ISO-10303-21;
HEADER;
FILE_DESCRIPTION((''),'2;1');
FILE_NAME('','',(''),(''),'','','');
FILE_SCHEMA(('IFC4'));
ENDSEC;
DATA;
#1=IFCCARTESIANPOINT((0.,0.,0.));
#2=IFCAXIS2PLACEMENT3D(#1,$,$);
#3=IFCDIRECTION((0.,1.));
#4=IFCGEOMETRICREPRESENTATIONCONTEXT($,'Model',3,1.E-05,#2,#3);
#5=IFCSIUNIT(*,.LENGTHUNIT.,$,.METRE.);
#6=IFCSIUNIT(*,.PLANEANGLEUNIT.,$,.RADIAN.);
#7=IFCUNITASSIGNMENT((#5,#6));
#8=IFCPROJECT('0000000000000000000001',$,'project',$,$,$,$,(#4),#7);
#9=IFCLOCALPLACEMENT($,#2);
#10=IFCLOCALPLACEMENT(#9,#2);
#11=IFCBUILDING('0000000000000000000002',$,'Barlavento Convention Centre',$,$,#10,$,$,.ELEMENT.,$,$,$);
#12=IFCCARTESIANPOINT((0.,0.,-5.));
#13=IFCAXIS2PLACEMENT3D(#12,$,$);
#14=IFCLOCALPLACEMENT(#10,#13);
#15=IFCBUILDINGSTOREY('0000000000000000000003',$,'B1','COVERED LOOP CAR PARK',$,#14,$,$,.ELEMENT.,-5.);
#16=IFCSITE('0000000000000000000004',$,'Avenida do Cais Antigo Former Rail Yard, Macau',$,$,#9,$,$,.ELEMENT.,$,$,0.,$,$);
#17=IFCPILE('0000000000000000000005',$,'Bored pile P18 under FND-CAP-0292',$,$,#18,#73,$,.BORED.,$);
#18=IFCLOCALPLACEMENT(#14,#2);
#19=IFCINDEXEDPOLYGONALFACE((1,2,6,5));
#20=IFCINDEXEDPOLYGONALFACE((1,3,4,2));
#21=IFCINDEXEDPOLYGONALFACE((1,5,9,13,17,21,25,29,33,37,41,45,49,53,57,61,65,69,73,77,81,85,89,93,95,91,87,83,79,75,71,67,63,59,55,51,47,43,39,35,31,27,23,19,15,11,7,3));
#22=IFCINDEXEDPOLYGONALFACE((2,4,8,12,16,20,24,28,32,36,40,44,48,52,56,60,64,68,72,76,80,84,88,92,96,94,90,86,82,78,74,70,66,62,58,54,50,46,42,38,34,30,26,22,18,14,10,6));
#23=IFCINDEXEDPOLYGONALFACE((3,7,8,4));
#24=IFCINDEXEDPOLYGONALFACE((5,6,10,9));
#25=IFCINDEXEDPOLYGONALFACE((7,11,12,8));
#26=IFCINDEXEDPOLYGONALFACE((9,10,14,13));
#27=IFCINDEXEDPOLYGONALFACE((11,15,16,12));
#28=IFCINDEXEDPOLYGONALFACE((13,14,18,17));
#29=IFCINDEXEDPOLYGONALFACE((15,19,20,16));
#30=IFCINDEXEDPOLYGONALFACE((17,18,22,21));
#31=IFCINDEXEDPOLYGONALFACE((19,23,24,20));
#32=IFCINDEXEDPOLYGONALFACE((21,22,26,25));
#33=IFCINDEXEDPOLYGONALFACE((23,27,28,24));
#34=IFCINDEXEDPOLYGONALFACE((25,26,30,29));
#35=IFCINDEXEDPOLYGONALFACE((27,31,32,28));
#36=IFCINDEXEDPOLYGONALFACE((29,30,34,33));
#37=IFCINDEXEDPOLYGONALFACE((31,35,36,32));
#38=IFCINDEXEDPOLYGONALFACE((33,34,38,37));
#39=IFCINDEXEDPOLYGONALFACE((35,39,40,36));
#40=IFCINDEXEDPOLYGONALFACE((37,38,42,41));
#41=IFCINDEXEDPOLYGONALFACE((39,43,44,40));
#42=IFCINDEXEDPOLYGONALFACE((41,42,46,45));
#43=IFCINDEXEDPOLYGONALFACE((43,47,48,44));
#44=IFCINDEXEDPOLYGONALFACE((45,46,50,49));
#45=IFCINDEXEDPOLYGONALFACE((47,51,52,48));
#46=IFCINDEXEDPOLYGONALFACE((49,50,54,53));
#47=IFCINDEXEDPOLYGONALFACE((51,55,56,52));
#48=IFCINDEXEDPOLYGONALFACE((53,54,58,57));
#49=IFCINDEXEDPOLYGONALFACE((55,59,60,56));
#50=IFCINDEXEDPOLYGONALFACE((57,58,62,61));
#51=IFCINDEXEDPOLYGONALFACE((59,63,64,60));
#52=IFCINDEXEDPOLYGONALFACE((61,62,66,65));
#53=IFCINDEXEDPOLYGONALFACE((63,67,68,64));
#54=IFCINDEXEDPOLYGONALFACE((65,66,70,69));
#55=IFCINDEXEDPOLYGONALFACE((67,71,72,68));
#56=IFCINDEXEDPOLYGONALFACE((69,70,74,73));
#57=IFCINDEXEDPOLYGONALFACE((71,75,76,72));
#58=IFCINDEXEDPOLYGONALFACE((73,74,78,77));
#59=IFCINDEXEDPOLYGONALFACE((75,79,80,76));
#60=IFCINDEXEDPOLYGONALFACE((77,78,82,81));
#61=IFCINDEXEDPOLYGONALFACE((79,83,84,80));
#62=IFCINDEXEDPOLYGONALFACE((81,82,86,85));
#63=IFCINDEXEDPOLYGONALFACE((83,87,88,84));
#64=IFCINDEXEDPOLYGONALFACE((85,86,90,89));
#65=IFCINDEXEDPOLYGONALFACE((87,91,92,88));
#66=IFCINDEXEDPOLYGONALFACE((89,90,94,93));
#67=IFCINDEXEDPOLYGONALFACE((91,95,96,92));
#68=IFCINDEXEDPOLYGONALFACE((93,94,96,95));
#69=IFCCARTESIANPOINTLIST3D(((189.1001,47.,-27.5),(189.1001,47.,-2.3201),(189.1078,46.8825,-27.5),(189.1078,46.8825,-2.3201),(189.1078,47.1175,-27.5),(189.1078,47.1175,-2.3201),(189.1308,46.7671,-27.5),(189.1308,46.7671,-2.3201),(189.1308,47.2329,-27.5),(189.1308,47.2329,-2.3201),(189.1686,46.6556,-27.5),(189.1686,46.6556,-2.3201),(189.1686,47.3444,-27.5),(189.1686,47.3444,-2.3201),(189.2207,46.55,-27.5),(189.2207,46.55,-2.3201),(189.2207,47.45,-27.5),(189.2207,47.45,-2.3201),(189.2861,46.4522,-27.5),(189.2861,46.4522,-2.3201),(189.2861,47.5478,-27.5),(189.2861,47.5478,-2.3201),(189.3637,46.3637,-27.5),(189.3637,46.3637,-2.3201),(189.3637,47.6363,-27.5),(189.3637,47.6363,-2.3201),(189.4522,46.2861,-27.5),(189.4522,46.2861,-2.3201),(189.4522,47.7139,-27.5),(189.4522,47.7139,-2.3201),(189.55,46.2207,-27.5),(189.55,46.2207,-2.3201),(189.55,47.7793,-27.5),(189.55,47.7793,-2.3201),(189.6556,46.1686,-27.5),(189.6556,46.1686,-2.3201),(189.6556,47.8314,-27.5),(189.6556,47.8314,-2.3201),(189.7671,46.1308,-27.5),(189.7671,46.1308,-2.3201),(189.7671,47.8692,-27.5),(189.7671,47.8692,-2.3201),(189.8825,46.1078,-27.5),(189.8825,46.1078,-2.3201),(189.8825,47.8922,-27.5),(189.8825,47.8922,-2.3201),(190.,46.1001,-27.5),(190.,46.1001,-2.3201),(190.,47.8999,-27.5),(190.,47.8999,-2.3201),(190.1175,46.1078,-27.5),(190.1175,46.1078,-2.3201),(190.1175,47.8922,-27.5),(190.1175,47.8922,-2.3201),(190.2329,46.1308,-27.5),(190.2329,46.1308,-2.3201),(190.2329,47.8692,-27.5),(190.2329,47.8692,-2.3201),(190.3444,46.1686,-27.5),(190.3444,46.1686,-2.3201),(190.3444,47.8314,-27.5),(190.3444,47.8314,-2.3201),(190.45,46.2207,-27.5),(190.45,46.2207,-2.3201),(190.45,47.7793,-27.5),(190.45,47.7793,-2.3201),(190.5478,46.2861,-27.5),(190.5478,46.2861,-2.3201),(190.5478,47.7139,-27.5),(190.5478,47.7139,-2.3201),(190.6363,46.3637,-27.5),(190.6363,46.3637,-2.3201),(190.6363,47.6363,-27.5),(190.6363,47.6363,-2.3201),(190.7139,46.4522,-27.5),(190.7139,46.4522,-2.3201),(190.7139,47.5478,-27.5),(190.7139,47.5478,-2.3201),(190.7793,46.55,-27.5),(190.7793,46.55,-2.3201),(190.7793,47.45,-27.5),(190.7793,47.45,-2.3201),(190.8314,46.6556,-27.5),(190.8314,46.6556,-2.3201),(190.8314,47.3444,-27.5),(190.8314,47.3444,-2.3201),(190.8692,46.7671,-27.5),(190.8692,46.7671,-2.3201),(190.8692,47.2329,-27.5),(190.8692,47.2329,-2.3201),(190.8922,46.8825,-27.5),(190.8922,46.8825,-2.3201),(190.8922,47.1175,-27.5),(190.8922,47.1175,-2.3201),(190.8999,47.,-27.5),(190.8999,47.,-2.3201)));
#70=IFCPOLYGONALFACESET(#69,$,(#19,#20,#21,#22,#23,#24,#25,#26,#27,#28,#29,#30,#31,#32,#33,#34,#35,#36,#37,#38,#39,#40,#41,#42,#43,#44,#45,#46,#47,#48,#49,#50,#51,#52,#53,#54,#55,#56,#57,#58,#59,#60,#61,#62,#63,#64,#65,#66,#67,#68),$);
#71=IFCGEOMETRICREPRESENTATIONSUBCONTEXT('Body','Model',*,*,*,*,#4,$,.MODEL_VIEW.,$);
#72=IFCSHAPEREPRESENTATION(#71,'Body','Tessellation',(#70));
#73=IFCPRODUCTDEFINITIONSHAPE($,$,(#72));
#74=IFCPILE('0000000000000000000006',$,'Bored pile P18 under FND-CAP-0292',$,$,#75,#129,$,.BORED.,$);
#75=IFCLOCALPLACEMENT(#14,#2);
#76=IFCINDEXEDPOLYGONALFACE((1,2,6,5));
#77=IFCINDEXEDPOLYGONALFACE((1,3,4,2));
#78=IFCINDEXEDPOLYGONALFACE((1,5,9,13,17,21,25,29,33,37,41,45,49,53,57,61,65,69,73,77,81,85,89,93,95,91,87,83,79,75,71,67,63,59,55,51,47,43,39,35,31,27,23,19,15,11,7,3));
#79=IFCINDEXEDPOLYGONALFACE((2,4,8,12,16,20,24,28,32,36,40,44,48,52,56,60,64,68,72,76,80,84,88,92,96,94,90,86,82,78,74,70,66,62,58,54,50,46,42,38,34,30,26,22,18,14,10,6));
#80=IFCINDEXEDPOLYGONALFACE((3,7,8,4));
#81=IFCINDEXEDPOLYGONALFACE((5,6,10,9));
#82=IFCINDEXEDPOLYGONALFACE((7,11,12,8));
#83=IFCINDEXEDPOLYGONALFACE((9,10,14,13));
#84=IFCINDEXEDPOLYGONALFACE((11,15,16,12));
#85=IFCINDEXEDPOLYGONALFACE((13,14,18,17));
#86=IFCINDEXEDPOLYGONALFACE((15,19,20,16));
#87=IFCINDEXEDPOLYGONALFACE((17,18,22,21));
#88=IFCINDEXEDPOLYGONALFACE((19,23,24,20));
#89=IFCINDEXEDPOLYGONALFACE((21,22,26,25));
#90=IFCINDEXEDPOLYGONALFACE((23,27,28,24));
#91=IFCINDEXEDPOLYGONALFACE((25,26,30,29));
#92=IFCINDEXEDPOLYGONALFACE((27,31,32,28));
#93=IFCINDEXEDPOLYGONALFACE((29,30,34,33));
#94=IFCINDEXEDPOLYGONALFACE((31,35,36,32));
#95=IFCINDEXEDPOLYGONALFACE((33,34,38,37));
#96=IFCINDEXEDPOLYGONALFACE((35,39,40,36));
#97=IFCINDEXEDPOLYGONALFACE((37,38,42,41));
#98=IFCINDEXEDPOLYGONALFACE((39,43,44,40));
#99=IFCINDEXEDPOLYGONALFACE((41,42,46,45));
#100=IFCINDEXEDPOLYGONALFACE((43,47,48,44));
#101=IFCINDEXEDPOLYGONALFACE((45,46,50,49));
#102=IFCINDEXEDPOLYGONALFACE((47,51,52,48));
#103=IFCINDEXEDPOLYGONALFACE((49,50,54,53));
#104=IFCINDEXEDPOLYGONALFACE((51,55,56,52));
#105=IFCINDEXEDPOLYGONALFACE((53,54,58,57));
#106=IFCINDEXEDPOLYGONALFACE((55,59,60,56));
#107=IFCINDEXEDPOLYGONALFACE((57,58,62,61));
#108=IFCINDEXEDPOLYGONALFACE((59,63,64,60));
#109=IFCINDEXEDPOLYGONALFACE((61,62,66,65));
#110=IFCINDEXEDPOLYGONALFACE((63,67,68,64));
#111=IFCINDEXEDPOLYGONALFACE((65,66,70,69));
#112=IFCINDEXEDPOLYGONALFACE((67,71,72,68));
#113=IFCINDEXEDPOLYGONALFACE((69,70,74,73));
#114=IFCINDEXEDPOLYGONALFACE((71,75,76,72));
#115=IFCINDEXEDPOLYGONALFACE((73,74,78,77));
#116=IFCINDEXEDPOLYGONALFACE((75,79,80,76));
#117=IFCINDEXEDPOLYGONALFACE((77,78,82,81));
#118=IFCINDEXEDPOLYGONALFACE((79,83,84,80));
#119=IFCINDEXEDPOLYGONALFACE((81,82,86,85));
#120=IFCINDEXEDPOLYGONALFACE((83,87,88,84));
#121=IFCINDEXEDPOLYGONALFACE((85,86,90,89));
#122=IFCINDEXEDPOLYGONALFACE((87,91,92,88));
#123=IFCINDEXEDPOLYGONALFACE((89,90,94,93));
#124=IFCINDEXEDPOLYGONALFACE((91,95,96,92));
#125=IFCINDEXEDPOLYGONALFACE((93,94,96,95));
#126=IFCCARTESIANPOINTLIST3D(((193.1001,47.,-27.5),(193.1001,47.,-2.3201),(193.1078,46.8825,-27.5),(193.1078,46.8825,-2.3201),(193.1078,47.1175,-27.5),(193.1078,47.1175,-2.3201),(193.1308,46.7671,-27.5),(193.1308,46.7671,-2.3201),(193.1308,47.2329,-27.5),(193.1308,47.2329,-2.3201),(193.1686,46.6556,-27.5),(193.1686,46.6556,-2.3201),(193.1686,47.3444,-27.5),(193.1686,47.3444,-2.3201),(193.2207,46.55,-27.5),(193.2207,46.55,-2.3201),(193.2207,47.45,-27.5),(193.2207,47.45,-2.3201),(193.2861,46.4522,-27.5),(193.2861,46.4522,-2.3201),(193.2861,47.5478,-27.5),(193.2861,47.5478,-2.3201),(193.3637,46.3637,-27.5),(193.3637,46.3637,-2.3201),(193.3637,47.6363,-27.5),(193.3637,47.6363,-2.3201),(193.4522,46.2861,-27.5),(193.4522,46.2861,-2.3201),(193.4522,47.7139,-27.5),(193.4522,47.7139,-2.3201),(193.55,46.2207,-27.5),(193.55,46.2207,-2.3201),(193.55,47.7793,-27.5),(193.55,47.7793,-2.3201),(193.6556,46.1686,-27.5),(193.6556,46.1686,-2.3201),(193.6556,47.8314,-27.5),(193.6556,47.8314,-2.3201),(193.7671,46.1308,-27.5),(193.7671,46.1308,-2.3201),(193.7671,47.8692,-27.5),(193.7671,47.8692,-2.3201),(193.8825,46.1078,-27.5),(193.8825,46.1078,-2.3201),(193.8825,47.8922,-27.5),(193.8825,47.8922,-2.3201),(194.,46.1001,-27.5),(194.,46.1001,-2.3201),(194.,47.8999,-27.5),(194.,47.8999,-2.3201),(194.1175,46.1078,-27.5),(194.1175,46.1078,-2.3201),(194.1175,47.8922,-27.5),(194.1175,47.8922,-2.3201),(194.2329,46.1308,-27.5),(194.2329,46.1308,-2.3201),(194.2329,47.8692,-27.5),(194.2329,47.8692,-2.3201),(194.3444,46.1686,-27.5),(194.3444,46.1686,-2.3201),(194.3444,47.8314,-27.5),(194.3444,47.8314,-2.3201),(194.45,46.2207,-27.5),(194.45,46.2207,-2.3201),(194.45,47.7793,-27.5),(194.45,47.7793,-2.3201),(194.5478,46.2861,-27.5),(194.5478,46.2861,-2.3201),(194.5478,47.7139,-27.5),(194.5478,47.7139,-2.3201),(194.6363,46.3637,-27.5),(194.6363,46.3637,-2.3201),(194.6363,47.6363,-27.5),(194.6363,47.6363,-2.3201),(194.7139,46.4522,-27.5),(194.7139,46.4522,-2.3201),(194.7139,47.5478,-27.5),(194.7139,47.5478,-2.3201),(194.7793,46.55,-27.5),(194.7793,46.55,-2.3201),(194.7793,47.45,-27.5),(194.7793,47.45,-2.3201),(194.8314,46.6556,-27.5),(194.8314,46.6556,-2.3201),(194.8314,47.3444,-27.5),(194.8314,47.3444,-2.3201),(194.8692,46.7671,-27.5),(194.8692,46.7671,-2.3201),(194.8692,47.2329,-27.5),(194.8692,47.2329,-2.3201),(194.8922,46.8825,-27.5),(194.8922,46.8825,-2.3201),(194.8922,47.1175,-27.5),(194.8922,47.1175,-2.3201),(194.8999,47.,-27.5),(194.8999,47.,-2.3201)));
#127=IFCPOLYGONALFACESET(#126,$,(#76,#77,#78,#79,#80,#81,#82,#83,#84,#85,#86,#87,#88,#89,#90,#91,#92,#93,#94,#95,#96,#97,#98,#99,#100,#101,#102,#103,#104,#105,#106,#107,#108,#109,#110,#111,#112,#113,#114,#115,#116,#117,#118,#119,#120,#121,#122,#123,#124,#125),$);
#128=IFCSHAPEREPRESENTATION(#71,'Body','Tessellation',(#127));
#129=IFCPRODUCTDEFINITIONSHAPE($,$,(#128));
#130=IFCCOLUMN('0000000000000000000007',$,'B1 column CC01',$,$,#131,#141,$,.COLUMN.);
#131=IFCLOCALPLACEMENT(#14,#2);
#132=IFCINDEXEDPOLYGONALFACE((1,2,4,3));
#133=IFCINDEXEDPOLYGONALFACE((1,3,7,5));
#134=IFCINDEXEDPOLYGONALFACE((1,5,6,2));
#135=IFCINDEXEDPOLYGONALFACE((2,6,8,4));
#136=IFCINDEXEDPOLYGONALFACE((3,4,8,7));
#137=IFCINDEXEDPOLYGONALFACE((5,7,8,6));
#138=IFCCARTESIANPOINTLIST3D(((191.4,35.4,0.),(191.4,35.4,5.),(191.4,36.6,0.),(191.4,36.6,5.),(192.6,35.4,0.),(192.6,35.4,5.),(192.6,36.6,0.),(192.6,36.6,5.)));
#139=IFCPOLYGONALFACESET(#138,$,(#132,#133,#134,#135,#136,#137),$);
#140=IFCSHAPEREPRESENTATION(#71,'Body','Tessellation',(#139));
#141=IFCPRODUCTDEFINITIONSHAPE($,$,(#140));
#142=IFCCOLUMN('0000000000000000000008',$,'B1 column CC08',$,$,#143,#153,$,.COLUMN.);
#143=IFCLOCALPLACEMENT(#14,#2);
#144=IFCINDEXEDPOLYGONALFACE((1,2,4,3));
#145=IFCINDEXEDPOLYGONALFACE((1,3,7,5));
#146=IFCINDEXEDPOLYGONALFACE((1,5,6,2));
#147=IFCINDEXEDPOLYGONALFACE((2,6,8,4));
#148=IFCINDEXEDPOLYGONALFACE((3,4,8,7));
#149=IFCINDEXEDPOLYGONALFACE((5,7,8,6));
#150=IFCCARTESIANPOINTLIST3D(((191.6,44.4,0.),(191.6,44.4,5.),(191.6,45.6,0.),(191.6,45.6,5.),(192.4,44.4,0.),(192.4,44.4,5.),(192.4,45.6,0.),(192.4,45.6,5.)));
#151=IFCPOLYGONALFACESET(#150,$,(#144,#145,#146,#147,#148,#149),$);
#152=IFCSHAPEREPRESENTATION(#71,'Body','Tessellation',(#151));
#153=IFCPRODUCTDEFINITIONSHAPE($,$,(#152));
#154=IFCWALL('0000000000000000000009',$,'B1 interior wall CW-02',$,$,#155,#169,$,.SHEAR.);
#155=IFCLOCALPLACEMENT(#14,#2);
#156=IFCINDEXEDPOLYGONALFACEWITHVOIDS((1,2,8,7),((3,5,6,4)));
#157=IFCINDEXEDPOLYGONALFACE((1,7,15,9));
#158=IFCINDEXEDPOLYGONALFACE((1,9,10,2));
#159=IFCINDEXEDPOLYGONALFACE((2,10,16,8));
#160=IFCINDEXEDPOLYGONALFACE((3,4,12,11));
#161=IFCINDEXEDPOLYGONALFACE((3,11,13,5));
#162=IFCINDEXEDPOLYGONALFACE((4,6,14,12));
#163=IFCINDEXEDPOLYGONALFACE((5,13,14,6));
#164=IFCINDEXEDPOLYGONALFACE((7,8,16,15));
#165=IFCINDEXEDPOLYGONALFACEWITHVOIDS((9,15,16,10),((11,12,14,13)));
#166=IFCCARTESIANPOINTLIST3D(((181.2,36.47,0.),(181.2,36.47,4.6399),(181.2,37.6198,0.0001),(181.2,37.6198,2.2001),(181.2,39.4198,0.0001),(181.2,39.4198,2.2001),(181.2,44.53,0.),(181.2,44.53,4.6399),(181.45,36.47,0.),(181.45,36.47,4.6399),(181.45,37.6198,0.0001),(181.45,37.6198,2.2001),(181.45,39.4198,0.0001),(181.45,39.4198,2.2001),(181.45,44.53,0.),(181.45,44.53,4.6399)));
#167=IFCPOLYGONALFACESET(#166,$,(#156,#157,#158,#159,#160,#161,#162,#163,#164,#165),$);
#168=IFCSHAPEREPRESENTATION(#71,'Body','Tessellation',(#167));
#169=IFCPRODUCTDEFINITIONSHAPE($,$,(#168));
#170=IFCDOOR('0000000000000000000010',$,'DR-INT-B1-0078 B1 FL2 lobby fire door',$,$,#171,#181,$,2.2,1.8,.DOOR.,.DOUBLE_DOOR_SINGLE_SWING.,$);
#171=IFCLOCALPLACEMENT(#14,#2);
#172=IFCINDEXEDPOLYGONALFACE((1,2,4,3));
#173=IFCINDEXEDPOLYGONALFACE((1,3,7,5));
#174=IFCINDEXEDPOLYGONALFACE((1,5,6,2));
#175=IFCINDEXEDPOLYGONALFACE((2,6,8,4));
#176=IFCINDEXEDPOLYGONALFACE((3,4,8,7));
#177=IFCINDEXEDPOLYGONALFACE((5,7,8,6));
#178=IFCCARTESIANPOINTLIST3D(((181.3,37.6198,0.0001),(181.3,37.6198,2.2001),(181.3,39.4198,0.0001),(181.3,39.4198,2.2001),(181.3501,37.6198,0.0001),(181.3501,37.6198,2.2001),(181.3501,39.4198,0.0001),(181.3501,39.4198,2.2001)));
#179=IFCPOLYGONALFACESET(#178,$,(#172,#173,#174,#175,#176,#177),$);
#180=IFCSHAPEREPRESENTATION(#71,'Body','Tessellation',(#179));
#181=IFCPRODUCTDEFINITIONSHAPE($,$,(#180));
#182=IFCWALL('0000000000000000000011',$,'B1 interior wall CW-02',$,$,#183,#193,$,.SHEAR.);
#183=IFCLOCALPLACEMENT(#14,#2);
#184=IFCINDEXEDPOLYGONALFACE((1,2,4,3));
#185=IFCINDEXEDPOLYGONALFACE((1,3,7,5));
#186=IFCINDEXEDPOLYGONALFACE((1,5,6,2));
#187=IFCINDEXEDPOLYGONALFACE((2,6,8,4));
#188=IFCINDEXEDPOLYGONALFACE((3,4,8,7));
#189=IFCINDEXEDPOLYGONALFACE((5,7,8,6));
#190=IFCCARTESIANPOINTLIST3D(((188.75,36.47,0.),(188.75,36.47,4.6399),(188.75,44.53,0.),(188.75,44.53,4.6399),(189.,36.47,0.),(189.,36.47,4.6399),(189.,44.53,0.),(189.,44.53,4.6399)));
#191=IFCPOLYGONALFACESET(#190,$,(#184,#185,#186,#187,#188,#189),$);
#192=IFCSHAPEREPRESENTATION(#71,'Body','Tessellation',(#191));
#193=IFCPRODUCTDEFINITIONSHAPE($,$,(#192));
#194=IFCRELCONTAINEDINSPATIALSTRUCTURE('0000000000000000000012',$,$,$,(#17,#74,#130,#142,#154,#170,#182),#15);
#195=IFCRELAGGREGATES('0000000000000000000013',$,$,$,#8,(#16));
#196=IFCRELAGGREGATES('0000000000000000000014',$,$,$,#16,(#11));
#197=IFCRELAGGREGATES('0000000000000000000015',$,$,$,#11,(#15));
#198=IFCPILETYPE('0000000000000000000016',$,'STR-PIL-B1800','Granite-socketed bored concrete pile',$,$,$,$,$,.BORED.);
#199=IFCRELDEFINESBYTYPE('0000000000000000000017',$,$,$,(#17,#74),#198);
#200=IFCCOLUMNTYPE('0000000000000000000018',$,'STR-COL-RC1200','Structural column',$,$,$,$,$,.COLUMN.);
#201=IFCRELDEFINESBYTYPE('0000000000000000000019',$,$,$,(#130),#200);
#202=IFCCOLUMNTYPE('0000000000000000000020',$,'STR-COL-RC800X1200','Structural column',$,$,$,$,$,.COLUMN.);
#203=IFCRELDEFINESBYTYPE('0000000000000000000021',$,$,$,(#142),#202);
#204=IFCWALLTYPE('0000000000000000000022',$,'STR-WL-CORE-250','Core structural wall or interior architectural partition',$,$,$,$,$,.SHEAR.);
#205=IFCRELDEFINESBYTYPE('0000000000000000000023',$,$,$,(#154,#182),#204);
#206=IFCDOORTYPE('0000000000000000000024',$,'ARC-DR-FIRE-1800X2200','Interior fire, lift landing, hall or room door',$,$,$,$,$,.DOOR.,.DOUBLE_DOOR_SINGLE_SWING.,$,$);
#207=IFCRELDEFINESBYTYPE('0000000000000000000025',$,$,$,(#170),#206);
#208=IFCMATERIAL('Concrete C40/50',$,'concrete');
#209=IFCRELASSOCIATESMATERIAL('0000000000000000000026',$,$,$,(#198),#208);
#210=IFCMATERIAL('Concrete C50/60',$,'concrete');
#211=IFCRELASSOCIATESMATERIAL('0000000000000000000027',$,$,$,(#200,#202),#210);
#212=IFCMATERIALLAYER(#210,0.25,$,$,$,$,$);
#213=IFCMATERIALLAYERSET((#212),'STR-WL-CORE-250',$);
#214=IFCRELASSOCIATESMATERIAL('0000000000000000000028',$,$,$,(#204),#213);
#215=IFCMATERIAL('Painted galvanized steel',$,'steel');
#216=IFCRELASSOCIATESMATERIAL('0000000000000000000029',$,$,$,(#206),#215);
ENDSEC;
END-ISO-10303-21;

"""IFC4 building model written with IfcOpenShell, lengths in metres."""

from ifc_helpers import new_model, si_unit, direction, frame, frame_2d, origin, origin_2d, place, context, subcontext, project, spatial, rectangle, circle, extrude, material, layer, layer_set, material_profile, profile_set, type_object, element, fill, save


model = new_model("IFC4")

# Units and contexts
model_context = context("Model", 3, precision=1e-05, world=origin(), true_north=direction((0.0, 1.0)))
body_context = subcontext(model_context, "Body", "Model", "MODEL_VIEW")
ifc_project = project(units=[si_unit("LENGTHUNIT", "METRE"), si_unit("PLANEANGLEUNIT", "RADIAN")], contexts=[model_context])

# Site, building, storey
site_placement = place(None, origin())
site = spatial("IfcSite", under=ifc_project, at=site_placement, Name="Avenida do Cais Antigo Former Rail Yard, Macau", CompositionType="ELEMENT", RefElevation=0.0)
building_placement = place(site_placement, origin())
building = spatial("IfcBuilding", under=site, at=building_placement, Name="Barlavento Convention Centre", CompositionType="ELEMENT")
storey_placement = place(building_placement, frame((0.0, 0.0, -5.0)))
storey = spatial("IfcBuildingStorey", under=building, at=storey_placement, Name="B1", Description="COVERED LOOP CAR PARK", CompositionType="ELEMENT", Elevation=-5.0)

# Shared definitions
ifc_material_1 = material(Name="Concrete C40/50", Category="concrete")

# Piles
ifc_material_profile_1 = material_profile(ifc_material_1, circle(Radius=0.8999, at=origin_2d()), Name="BORED PILE 1800")
ifc_profile_set_1 = profile_set([ifc_material_profile_1], Name="Concrete C40/50")
pile_type_1 = type_object("IfcPileType", Name="STR-PIL-B1800", Description="Granite-socketed bored concrete pile", PredefinedType="BORED", material=ifc_profile_set_1)
for number, where, z_axis, x_axis, name in (
    (1, (190.0, 47.0, -2.3201), (0.0, 0.0, -1.0), (1.0, 0.0, 0.0), "Bored pile P18 under FND-CAP-0292"),
    (2, (194.0, 47.0, -2.3201), (0.0, 0.0, -1.0), (1.0, 0.0, 0.0), "Bored pile P18 under FND-CAP-0292"),
):
    element("IfcPile", number, at=place(storey_placement, frame(where, z_axis=z_axis, x_axis=x_axis)), inside=storey, type_object=pile_type_1, Name=name, PredefinedType="BORED", context=body_context, shape_type="SweptSolid", body=[
        extrude(circle(Radius=0.8999, at=origin_2d()), origin(), (0.0, 0.0, 1.0), 25.1799),
    ])

# Columns
ifc_material_2 = material(Name="Concrete C50/60", Category="concrete")
ifc_material_profile_2 = material_profile(ifc_material_2, rectangle(XDim=1.2, YDim=1.2, at=origin_2d()), Name="RC 1200x1200")
ifc_profile_set_2 = profile_set([ifc_material_profile_2], Name="Concrete C50/60")
column_type_1 = type_object("IfcColumnType", Name="STR-COL-RC1200", Description="Structural column", PredefinedType="COLUMN", material=ifc_profile_set_2)
column_1_placement = place(storey_placement, frame((192.0, 36.0, 0.0), z_axis=(0.0, 0.0, 1.0), x_axis=(1.0, 0.0, 0.0)))
element("IfcColumn", 3, at=column_1_placement, inside=storey, type_object=column_type_1, Name="B1 column CC01", PredefinedType="COLUMN", context=body_context, shape_type="SweptSolid", body=[
    extrude(rectangle(XDim=1.2, YDim=1.2, at=origin_2d()), origin(), (0.0, 0.0, 1.0), 5.0),
])
ifc_material_profile_3 = material_profile(ifc_material_2, rectangle(XDim=0.8, YDim=1.2, at=origin_2d()), Name="RC 800x1200")
ifc_profile_set_3 = profile_set([ifc_material_profile_3], Name="Concrete C50/60")
column_type_2 = type_object("IfcColumnType", Name="STR-COL-RC800X1200", Description="Structural column", PredefinedType="COLUMN", material=ifc_profile_set_3)
column_2_placement = place(storey_placement, frame((192.0, 45.0, 0.0), z_axis=(0.0, 0.0, 1.0), x_axis=(1.0, 0.0, 0.0)))
element("IfcColumn", 4, at=column_2_placement, inside=storey, type_object=column_type_2, Name="B1 column CC08", PredefinedType="COLUMN", context=body_context, shape_type="SweptSolid", body=[
    extrude(rectangle(XDim=0.8, YDim=1.2, at=origin_2d()), origin(), (0.0, 0.0, 1.0), 5.0),
])

# Wall, opening, door
ifc_layer = layer(ifc_material_2, 0.25)
ifc_layer_set = layer_set([ifc_layer], Name="STR-WL-CORE-250")
wall_type = type_object("IfcWallType", Name="STR-WL-CORE-250", Description="Core structural wall or interior architectural partition", PredefinedType="SHEAR", material=ifc_layer_set)
wall_1_placement = place(storey_placement, frame((181.325, 36.47, 0.0), z_axis=(0.0, 0.0, 1.0), x_axis=(0.0, 1.0, 0.0)))
wall_1 = element("IfcWall", 5, at=wall_1_placement, inside=storey, type_object=wall_type, Name="B1 interior wall CW-02", PredefinedType="SHEAR", context=body_context, shape_type="SweptSolid", body=[
    extrude(rectangle(XDim=8.0601, YDim=0.25, at=frame_2d((4.03, 0.0))), origin(), (0.0, 0.0, 1.0), 4.6399),
])
opening_1_placement = place(wall_1_placement, frame((1.1499, 0.0, 0.0)))
opening_1 = element("IfcOpeningElement", 6, at=opening_1_placement, cuts=wall_1, PredefinedType="OPENING", context=body_context, shape_type="SweptSolid", body=[
    extrude(rectangle(XDim=1.8, YDim=2.2, at=frame_2d((0.8999, 1.1001))), frame((0.0, 0.135, 0.0), z_axis=(0.0, -1.0, 0.0), x_axis=(1.0, 0.0, 0.0)), (0.0, 0.0, 1.0), 0.27),
])
ifc_material_3 = material(Name="Painted galvanized steel", Category="steel")
door_type_1 = type_object("IfcDoorType", Name="ARC-DR-FIRE-1800X2200", Description="Interior fire, lift landing, hall or room door", OperationType="DOUBLE_DOOR_SINGLE_SWING", PredefinedType="DOOR", material=ifc_material_3)
door_1_placement = place(opening_1_placement, origin())
door_1 = element("IfcDoor", 7, at=door_1_placement, inside=storey, type_object=door_type_1, Name="DR-INT-B1-0078 B1 FL2 lobby fire door", OperationType="DOUBLE_DOOR_SINGLE_SWING", OverallHeight=2.2, OverallWidth=1.8, PredefinedType="DOOR", context=body_context, shape_type="SweptSolid", body=[
    extrude(rectangle(XDim=1.8, YDim=2.2, at=frame_2d((0.8999, 1.1001))), frame((0.0, 0.0249, 0.0), z_axis=(0.0, -1.0, 0.0), x_axis=(1.0, 0.0, 0.0)), (0.0, 0.0, 1.0), 0.05),
])
fill(opening_1, door_1)

# Wall
wall_2_placement = place(storey_placement, frame((188.875, 36.47, 0.0), z_axis=(0.0, 0.0, 1.0), x_axis=(0.0, 1.0, 0.0)))
element("IfcWall", 8, at=wall_2_placement, inside=storey, type_object=wall_type, Name="B1 interior wall CW-02", PredefinedType="SHEAR", context=body_context, shape_type="SweptSolid", body=[
    extrude(rectangle(XDim=8.0601, YDim=0.25, at=frame_2d((4.03, 0.0))), origin(), (0.0, 0.0, 1.0), 4.6399),
])

save(model, "model.ifc")
